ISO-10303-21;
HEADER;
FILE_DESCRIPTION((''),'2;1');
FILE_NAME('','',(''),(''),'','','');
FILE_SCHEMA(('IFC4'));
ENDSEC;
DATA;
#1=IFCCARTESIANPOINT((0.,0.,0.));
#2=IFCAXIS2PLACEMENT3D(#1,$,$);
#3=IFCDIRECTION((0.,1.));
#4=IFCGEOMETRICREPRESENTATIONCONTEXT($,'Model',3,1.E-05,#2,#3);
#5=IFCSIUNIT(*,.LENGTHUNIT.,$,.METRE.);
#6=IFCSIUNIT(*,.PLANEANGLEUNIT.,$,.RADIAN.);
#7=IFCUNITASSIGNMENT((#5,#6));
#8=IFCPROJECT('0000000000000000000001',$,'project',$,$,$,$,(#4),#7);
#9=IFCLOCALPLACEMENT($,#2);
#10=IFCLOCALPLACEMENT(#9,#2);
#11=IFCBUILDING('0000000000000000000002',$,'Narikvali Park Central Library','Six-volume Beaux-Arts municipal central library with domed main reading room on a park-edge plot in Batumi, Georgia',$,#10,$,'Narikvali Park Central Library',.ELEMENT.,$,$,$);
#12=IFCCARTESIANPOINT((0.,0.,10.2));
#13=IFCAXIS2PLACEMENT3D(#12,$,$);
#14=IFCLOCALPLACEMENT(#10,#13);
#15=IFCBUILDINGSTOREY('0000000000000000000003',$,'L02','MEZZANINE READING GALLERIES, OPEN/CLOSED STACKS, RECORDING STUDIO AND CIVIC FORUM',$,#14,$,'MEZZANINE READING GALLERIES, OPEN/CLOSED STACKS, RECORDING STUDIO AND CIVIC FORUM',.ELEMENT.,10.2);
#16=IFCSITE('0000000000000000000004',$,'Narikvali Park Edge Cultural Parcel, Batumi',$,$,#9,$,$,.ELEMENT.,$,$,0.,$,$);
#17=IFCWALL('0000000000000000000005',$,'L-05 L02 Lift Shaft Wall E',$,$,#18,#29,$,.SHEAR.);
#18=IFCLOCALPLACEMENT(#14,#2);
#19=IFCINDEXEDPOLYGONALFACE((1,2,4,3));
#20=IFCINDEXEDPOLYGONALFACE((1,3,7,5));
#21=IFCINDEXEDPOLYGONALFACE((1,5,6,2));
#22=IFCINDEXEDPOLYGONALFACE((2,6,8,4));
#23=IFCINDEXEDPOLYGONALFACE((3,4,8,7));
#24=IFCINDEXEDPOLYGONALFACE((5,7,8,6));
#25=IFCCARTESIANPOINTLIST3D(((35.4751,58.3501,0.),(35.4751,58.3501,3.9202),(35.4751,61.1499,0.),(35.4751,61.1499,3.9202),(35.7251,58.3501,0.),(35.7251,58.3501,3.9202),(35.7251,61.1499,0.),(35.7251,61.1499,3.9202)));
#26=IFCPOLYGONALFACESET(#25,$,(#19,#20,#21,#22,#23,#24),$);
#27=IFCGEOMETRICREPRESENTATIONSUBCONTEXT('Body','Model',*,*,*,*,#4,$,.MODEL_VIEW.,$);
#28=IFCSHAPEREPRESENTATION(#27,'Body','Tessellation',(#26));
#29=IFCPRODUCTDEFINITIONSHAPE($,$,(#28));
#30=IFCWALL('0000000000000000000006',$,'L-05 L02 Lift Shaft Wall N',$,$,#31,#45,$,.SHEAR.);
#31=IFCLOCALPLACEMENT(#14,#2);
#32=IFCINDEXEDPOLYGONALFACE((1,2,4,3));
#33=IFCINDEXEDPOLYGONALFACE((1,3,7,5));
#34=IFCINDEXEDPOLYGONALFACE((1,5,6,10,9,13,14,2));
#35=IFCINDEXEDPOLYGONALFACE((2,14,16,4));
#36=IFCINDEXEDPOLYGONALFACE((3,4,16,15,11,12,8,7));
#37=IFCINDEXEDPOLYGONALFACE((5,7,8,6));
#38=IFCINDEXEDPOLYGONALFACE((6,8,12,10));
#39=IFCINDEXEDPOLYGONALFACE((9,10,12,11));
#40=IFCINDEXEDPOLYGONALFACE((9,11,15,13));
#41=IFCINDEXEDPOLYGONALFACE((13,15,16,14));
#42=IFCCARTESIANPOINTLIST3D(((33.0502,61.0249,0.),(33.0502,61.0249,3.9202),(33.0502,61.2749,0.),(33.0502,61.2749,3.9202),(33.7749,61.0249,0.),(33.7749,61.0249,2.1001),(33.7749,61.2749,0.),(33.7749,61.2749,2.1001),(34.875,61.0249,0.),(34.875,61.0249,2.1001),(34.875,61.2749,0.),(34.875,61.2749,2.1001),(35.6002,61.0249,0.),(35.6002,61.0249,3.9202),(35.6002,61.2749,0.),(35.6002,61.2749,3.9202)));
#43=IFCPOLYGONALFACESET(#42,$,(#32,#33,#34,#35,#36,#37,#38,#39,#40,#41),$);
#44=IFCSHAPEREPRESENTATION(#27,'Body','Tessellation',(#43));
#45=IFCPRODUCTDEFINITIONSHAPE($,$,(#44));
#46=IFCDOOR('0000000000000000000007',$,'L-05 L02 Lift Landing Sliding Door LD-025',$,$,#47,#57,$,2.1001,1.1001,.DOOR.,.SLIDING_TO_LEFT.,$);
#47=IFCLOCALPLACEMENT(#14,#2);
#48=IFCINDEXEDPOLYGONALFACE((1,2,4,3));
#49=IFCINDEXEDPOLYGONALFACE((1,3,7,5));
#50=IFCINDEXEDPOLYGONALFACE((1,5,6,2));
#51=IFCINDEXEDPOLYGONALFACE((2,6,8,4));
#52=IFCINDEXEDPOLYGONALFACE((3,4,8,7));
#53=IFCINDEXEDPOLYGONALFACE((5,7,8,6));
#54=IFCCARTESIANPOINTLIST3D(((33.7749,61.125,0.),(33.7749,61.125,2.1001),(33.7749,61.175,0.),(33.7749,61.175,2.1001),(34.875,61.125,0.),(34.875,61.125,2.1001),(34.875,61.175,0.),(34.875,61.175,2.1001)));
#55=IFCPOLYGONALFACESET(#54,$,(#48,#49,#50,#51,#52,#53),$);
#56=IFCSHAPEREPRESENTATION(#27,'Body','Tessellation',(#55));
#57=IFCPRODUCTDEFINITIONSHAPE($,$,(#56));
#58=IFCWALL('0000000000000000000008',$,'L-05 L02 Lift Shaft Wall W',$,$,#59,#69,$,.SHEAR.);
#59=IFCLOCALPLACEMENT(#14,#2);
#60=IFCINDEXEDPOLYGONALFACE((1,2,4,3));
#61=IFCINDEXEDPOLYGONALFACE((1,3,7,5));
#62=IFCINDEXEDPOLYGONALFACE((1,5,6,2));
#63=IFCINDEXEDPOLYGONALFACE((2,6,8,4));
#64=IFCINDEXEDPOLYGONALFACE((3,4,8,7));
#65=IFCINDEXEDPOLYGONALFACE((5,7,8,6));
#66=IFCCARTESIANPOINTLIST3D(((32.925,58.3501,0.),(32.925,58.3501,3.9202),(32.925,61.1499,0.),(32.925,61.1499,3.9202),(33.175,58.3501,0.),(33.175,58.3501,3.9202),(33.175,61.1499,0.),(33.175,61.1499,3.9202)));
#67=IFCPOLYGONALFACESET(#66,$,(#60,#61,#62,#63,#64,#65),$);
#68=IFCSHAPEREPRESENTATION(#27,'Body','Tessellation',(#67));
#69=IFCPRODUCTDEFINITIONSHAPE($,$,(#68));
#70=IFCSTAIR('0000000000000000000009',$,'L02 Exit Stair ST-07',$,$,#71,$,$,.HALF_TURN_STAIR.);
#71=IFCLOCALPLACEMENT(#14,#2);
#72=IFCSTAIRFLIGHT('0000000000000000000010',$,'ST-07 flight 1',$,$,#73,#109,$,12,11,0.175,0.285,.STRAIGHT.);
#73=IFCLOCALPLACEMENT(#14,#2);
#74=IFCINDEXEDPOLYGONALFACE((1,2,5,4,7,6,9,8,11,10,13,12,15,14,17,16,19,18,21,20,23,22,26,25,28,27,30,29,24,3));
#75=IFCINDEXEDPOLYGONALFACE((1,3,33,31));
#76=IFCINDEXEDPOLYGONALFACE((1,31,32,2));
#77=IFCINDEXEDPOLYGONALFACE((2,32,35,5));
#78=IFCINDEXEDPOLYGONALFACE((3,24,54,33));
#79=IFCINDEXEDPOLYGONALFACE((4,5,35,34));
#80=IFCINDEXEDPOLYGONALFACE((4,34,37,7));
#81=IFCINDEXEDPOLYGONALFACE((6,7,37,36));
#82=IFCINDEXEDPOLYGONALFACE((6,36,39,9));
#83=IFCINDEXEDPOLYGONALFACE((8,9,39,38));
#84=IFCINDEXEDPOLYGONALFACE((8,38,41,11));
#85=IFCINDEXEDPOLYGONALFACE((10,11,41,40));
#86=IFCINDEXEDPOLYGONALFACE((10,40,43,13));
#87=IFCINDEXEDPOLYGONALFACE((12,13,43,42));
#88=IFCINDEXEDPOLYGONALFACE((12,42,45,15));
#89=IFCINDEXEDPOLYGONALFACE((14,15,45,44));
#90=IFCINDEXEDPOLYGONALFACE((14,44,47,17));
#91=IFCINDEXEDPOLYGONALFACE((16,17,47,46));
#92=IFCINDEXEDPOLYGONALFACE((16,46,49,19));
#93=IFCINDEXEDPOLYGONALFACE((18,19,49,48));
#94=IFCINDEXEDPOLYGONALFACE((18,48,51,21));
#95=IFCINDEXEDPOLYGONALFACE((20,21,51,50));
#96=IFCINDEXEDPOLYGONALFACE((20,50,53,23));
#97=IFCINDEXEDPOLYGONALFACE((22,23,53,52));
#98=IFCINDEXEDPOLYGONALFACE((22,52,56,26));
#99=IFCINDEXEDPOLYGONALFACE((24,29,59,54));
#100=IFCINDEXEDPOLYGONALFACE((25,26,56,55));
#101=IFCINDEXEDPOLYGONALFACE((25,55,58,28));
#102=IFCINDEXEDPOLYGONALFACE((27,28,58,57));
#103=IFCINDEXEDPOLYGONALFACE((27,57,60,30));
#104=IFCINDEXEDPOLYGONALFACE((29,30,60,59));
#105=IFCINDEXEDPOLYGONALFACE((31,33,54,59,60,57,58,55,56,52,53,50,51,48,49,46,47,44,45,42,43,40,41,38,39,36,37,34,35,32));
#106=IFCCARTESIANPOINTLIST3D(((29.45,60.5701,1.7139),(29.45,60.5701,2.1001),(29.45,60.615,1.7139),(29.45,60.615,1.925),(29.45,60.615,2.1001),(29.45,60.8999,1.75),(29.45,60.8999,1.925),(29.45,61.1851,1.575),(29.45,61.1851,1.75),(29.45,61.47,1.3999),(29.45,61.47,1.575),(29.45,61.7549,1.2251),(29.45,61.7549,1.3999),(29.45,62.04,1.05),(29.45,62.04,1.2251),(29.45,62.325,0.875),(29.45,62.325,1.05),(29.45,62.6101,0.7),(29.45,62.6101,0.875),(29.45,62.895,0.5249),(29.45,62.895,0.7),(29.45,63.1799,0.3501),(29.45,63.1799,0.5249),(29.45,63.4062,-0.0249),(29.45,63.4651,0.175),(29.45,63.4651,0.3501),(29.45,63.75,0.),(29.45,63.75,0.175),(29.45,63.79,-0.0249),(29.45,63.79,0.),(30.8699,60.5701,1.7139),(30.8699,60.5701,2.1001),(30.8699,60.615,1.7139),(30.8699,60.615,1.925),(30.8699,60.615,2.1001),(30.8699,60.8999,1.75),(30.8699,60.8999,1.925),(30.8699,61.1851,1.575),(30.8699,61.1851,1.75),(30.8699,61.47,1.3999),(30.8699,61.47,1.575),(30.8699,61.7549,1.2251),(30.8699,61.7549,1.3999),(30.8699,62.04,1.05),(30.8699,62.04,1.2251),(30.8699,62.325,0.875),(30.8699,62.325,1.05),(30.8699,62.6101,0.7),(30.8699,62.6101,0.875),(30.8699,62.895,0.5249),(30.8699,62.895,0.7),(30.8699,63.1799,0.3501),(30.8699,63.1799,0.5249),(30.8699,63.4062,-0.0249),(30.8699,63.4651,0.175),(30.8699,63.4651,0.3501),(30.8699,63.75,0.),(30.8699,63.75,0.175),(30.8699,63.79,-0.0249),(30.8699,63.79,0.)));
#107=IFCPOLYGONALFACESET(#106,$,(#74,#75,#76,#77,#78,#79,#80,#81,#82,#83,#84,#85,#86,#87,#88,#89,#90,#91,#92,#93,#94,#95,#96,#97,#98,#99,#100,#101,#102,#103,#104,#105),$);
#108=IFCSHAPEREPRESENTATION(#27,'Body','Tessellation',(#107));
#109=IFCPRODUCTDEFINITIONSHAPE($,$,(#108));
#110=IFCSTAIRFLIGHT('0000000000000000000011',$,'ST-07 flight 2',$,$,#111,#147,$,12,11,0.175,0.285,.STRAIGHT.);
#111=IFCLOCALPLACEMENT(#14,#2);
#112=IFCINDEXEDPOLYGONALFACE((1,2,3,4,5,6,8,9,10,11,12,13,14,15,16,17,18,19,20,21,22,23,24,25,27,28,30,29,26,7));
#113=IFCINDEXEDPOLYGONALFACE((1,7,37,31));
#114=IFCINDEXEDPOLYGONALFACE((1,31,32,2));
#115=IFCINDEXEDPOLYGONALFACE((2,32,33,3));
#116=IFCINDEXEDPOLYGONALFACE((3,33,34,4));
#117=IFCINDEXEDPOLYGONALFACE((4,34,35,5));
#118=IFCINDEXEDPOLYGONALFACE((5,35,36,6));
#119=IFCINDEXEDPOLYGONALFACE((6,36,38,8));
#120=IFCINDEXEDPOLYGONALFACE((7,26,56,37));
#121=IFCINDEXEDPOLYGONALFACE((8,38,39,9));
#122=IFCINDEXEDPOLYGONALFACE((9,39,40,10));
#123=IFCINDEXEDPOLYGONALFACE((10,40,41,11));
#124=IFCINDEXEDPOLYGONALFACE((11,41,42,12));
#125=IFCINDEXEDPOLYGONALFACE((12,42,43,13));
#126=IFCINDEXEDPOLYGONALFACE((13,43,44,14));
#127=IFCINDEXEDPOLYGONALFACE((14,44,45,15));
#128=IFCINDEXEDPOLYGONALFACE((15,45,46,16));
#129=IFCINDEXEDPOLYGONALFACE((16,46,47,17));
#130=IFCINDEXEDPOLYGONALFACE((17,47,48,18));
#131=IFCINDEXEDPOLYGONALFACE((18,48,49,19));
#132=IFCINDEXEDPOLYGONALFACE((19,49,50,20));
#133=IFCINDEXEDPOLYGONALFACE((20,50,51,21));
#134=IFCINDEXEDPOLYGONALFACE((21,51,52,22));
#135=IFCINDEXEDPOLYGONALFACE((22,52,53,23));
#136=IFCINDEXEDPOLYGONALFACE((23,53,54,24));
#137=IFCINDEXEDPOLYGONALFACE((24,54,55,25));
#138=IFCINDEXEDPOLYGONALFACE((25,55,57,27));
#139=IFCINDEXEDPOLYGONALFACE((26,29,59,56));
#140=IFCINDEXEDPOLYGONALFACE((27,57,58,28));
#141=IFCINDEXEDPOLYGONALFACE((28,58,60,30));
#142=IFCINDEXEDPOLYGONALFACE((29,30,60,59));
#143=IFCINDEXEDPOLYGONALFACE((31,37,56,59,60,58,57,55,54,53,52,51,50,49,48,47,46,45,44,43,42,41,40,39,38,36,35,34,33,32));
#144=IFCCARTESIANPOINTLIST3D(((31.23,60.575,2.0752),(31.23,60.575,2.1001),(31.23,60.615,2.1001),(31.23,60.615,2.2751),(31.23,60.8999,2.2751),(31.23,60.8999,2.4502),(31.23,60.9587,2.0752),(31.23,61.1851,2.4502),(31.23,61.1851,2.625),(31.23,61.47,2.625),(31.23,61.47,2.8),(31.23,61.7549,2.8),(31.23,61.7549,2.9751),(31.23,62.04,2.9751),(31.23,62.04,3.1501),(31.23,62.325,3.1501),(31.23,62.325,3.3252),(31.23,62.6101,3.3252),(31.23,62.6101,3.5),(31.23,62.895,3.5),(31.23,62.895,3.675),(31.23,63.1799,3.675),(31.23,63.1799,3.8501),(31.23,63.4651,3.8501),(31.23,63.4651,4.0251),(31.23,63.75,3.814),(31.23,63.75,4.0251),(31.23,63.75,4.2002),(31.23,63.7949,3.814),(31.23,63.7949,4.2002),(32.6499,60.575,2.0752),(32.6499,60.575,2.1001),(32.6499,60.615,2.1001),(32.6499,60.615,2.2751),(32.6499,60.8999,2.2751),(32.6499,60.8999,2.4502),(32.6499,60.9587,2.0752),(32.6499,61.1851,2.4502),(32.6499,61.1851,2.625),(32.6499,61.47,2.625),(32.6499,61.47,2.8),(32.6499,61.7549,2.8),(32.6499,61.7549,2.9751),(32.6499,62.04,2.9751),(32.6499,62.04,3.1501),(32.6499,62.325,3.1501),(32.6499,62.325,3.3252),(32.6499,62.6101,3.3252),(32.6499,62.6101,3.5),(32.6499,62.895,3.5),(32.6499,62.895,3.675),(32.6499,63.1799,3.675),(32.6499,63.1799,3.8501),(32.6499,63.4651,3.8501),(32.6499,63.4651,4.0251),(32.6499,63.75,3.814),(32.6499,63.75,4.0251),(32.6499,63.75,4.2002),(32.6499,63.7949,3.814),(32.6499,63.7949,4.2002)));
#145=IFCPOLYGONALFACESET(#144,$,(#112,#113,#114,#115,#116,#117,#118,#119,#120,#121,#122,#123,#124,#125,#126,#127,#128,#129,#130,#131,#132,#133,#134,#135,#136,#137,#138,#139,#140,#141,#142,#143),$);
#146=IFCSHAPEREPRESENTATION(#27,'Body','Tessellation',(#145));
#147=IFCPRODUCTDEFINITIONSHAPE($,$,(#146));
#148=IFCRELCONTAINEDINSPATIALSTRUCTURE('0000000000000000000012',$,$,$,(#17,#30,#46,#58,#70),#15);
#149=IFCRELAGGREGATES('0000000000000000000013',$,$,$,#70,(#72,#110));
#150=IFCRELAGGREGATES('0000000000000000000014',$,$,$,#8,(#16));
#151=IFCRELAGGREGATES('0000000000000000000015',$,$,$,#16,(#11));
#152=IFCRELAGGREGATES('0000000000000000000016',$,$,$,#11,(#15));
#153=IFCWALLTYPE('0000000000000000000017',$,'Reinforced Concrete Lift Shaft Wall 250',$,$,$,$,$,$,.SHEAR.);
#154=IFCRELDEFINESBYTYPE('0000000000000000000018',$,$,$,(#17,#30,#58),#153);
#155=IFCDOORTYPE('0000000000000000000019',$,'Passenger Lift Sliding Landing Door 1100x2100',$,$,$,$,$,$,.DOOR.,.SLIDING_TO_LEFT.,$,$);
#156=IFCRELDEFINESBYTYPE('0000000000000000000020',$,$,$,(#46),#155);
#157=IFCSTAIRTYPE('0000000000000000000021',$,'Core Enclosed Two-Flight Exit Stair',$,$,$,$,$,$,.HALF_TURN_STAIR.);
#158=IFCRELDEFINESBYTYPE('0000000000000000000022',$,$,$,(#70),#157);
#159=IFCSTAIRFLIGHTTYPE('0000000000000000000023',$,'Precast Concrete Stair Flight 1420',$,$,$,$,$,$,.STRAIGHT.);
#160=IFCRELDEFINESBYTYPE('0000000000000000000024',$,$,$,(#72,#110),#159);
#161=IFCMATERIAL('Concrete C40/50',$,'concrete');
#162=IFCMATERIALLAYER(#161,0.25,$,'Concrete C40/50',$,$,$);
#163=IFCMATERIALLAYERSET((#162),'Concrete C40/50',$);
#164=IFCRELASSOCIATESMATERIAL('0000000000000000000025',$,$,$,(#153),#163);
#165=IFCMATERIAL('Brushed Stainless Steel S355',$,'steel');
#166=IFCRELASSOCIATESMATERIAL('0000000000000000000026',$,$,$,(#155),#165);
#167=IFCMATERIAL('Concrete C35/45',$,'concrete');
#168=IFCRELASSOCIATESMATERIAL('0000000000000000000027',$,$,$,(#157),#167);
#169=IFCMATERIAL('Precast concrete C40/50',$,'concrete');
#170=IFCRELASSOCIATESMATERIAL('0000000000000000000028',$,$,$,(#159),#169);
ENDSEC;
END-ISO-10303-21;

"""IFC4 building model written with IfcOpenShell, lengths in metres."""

from ifc_helpers import new_model, si_unit, direction, frame, frame_2d, origin, place, context, subcontext, project, spatial, polyline, rectangle, outline, extrude, material, layer, layer_set, type_object, element, fill, aggregate, save


model = new_model("IFC4")

# Units and contexts
model_context = context("Model", 3, precision=1e-05, world=origin(), true_north=direction((0.0, 1.0)))
body_context = subcontext(model_context, "Body", "Model", "MODEL_VIEW")
ifc_project = project(units=[si_unit("LENGTHUNIT", "METRE"), si_unit("PLANEANGLEUNIT", "RADIAN")], contexts=[model_context])

# Site, building, storey
site_placement = place(None, origin())
site = spatial("IfcSite", under=ifc_project, at=site_placement, Name="Narikvali Park Edge Cultural Parcel, Batumi", CompositionType="ELEMENT", RefElevation=0.0)
building_placement = place(site_placement, origin())
building = spatial("IfcBuilding", under=site, at=building_placement, Name="Narikvali Park Central Library", Description="Six-volume Beaux-Arts municipal central library with domed main reading room on a park-edge plot in Batumi, Georgia", LongName="Narikvali Park Central Library", CompositionType="ELEMENT")
storey_placement = place(building_placement, frame((0.0, 0.0, 10.2)))
storey = spatial("IfcBuildingStorey", under=building, at=storey_placement, Name="L02", Description="MEZZANINE READING GALLERIES, OPEN/CLOSED STACKS, RECORDING STUDIO AND CIVIC FORUM", LongName="MEZZANINE READING GALLERIES, OPEN/CLOSED STACKS, RECORDING STUDIO AND CIVIC FORUM", CompositionType="ELEMENT", Elevation=10.2)

# Wall
ifc_material_1 = material(Name="Concrete C40/50", Category="concrete")
ifc_layer_1 = layer(ifc_material_1, 0.25, Name="Concrete C40/50")
ifc_layer_set_1 = layer_set([ifc_layer_1], Name="Concrete C40/50")
wall_type_1 = type_object("IfcWallType", Name="Reinforced Concrete Lift Shaft Wall 250", PredefinedType="SHEAR", material=ifc_layer_set_1)
wall_1_placement = place(storey_placement, frame((35.6001, 58.3501, 0.0), z_axis=(0.0, 0.0, 1.0), x_axis=(0.0, 1.0, 0.0)))
element("IfcWall", 1, at=wall_1_placement, inside=storey, type_object=wall_type_1, Name="L-05 L02 Lift Shaft Wall E", PredefinedType="SHEAR", context=body_context, shape_type="SweptSolid", body=[
    extrude(rectangle(XDim=2.7998, YDim=0.25, at=frame_2d((1.3999, 0.0))), origin(), (0.0, 0.0, 1.0), 3.9202),
])

# Wall, opening, door
wall_2_placement = place(storey_placement, frame((35.6001, 61.1499, 0.0), z_axis=(0.0, 0.0, 1.0), x_axis=(-1.0, 0.0, 0.0)))
wall_2 = element("IfcWall", 2, at=wall_2_placement, inside=storey, type_object=wall_type_1, Name="L-05 L02 Lift Shaft Wall N", PredefinedType="SHEAR", context=body_context, shape_type="SweptSolid", body=[
    extrude(rectangle(XDim=2.55, YDim=0.25, at=frame_2d((1.2749, 0.0))), origin(), (0.0, 0.0, 1.0), 3.9202),
])
opening_placement = place(wall_2_placement, frame((0.7251, 0.0, 0.0)))
opening = element("IfcOpeningElement", 3, at=opening_placement, cuts=wall_2, PredefinedType="OPENING", context=body_context, shape_type="SweptSolid", body=[
    extrude(rectangle(XDim=1.1001, YDim=2.1001, at=frame_2d((0.55, 1.05))), frame((0.0, 0.137, 0.0), z_axis=(0.0, -1.0, 0.0), x_axis=(1.0, 0.0, 0.0)), (0.0, 0.0, 1.0), 0.2739),
])
ifc_material_2 = material(Name="Brushed Stainless Steel S355", Category="steel")
door_type = type_object("IfcDoorType", Name="Passenger Lift Sliding Landing Door 1100x2100", OperationType="SLIDING_TO_LEFT", PredefinedType="DOOR", material=ifc_material_2)
door_placement = place(opening_placement, origin())
door = element("IfcDoor", 4, at=door_placement, inside=storey, type_object=door_type, Name="L-05 L02 Lift Landing Sliding Door LD-025", OperationType="SLIDING_TO_LEFT", OverallHeight=2.1001, OverallWidth=1.1001, PredefinedType="DOOR", context=body_context, shape_type="SweptSolid", body=[
    extrude(rectangle(XDim=1.1001, YDim=2.1001, at=frame_2d((0.55, 1.05))), frame((0.0, 0.0249, 0.0), z_axis=(0.0, -1.0, 0.0), x_axis=(1.0, 0.0, 0.0)), (0.0, 0.0, 1.0), 0.05),
])
fill(opening, door)

# Wall
wall_3_placement = place(storey_placement, frame((33.05, 61.1499, 0.0), z_axis=(0.0, 0.0, 1.0), x_axis=(0.0, -1.0, 0.0)))
element("IfcWall", 5, at=wall_3_placement, inside=storey, type_object=wall_type_1, Name="L-05 L02 Lift Shaft Wall W", PredefinedType="SHEAR", context=body_context, shape_type="SweptSolid", body=[
    extrude(rectangle(XDim=2.7998, YDim=0.25, at=frame_2d((1.3999, 0.0))), origin(), (0.0, 0.0, 1.0), 3.9202),
])

# Stair, stair flights
ifc_material_3 = material(Name="Concrete C35/45", Category="concrete")
stair_type = type_object("IfcStairType", Name="Core Enclosed Two-Flight Exit Stair", PredefinedType="HALF_TURN_STAIR", material=ifc_material_3)
stair_placement = place(storey_placement, origin())
stair = element("IfcStair", 6, at=stair_placement, inside=storey, type_object=stair_type, Name="L02 Exit Stair ST-07", PredefinedType="HALF_TURN_STAIR")
ifc_material_4 = material(Name="Precast concrete C40/50", Category="concrete")
stair_flight_type = type_object("IfcStairFlightType", Name="Precast Concrete Stair Flight 1420", PredefinedType="STRAIGHT", material=ifc_material_4)
stair_flight_1_placement = place(storey_placement, frame((30.1599, 63.75, 0.0), z_axis=(0.0, 0.0, 1.0), x_axis=(0.0, -1.0, 0.0)))
stair_flight_1 = element("IfcStairFlight", 7, at=stair_flight_1_placement, type_object=stair_flight_type, Name="ST-07 flight 1", NumberOfRisers=12, NumberOfTreads=11, PredefinedType="STRAIGHT", RiserHeight=0.175, TreadLength=0.285, context=body_context, shape_type="SweptSolid", body=[
    extrude(outline(polyline([(-0.04, -0.0249), (-0.04, 0.0), (0.0, 0.0), (0.0, 0.175), (0.2849, 0.175), (0.2849, 0.3501), (0.5701, 0.3501), (0.5701, 0.5249), (0.855, 0.5249), (0.855, 0.7), (1.1399, 0.7), (1.1399, 0.875), (1.425, 0.875), (1.425, 1.05), (1.71, 1.05), (1.71, 1.2251), (1.9951, 1.2251), (1.9951, 1.3999), (2.28, 1.3999), (2.28, 1.575), (2.5649, 1.575), (2.5649, 1.75), (2.8501, 1.75), (2.8501, 1.925), (3.135, 1.925), (3.135, 2.1001), (3.1799, 2.1001), (3.1799, 1.7139), (3.135, 1.7139), (0.3438, -0.0249), (-0.04, -0.0249)])), frame((0.0, 0.71, 0.0), z_axis=(0.0, -1.0, 0.0), x_axis=(1.0, 0.0, 0.0)), (0.0, 0.0, 1.0), 1.4199),
])
stair_flight_2_placement = place(storey_placement, frame((31.9399, 60.615, 2.1001), z_axis=(0.0, 0.0, 1.0), x_axis=(0.0, 1.0, 0.0)))
stair_flight_2 = element("IfcStairFlight", 8, at=stair_flight_2_placement, type_object=stair_flight_type, Name="ST-07 flight 2", NumberOfRisers=12, NumberOfTreads=11, PredefinedType="STRAIGHT", RiserHeight=0.175, TreadLength=0.285, context=body_context, shape_type="SweptSolid", body=[
    extrude(outline(polyline([(-0.04, -0.0249), (-0.04, 0.0), (0.0, 0.0), (0.0, 0.175), (0.2849, 0.175), (0.2849, 0.3501), (0.5701, 0.3501), (0.5701, 0.5249), (0.855, 0.5249), (0.855, 0.7), (1.1399, 0.7), (1.1399, 0.875), (1.425, 0.875), (1.425, 1.05), (1.71, 1.05), (1.71, 1.2251), (1.9951, 1.2251), (1.9951, 1.3999), (2.28, 1.3999), (2.28, 1.575), (2.5649, 1.575), (2.5649, 1.75), (2.8501, 1.75), (2.8501, 1.925), (3.135, 1.925), (3.135, 2.1001), (3.1799, 2.1001), (3.1799, 1.7139), (3.135, 1.7139), (0.3438, -0.0249), (-0.04, -0.0249)])), frame((0.0, 0.71, 0.0), z_axis=(0.0, -1.0, 0.0), x_axis=(1.0, 0.0, 0.0)), (0.0, 0.0, 1.0), 1.4199),
])
aggregate(stair, [stair_flight_1, stair_flight_2])

save(model, "model.ifc")
